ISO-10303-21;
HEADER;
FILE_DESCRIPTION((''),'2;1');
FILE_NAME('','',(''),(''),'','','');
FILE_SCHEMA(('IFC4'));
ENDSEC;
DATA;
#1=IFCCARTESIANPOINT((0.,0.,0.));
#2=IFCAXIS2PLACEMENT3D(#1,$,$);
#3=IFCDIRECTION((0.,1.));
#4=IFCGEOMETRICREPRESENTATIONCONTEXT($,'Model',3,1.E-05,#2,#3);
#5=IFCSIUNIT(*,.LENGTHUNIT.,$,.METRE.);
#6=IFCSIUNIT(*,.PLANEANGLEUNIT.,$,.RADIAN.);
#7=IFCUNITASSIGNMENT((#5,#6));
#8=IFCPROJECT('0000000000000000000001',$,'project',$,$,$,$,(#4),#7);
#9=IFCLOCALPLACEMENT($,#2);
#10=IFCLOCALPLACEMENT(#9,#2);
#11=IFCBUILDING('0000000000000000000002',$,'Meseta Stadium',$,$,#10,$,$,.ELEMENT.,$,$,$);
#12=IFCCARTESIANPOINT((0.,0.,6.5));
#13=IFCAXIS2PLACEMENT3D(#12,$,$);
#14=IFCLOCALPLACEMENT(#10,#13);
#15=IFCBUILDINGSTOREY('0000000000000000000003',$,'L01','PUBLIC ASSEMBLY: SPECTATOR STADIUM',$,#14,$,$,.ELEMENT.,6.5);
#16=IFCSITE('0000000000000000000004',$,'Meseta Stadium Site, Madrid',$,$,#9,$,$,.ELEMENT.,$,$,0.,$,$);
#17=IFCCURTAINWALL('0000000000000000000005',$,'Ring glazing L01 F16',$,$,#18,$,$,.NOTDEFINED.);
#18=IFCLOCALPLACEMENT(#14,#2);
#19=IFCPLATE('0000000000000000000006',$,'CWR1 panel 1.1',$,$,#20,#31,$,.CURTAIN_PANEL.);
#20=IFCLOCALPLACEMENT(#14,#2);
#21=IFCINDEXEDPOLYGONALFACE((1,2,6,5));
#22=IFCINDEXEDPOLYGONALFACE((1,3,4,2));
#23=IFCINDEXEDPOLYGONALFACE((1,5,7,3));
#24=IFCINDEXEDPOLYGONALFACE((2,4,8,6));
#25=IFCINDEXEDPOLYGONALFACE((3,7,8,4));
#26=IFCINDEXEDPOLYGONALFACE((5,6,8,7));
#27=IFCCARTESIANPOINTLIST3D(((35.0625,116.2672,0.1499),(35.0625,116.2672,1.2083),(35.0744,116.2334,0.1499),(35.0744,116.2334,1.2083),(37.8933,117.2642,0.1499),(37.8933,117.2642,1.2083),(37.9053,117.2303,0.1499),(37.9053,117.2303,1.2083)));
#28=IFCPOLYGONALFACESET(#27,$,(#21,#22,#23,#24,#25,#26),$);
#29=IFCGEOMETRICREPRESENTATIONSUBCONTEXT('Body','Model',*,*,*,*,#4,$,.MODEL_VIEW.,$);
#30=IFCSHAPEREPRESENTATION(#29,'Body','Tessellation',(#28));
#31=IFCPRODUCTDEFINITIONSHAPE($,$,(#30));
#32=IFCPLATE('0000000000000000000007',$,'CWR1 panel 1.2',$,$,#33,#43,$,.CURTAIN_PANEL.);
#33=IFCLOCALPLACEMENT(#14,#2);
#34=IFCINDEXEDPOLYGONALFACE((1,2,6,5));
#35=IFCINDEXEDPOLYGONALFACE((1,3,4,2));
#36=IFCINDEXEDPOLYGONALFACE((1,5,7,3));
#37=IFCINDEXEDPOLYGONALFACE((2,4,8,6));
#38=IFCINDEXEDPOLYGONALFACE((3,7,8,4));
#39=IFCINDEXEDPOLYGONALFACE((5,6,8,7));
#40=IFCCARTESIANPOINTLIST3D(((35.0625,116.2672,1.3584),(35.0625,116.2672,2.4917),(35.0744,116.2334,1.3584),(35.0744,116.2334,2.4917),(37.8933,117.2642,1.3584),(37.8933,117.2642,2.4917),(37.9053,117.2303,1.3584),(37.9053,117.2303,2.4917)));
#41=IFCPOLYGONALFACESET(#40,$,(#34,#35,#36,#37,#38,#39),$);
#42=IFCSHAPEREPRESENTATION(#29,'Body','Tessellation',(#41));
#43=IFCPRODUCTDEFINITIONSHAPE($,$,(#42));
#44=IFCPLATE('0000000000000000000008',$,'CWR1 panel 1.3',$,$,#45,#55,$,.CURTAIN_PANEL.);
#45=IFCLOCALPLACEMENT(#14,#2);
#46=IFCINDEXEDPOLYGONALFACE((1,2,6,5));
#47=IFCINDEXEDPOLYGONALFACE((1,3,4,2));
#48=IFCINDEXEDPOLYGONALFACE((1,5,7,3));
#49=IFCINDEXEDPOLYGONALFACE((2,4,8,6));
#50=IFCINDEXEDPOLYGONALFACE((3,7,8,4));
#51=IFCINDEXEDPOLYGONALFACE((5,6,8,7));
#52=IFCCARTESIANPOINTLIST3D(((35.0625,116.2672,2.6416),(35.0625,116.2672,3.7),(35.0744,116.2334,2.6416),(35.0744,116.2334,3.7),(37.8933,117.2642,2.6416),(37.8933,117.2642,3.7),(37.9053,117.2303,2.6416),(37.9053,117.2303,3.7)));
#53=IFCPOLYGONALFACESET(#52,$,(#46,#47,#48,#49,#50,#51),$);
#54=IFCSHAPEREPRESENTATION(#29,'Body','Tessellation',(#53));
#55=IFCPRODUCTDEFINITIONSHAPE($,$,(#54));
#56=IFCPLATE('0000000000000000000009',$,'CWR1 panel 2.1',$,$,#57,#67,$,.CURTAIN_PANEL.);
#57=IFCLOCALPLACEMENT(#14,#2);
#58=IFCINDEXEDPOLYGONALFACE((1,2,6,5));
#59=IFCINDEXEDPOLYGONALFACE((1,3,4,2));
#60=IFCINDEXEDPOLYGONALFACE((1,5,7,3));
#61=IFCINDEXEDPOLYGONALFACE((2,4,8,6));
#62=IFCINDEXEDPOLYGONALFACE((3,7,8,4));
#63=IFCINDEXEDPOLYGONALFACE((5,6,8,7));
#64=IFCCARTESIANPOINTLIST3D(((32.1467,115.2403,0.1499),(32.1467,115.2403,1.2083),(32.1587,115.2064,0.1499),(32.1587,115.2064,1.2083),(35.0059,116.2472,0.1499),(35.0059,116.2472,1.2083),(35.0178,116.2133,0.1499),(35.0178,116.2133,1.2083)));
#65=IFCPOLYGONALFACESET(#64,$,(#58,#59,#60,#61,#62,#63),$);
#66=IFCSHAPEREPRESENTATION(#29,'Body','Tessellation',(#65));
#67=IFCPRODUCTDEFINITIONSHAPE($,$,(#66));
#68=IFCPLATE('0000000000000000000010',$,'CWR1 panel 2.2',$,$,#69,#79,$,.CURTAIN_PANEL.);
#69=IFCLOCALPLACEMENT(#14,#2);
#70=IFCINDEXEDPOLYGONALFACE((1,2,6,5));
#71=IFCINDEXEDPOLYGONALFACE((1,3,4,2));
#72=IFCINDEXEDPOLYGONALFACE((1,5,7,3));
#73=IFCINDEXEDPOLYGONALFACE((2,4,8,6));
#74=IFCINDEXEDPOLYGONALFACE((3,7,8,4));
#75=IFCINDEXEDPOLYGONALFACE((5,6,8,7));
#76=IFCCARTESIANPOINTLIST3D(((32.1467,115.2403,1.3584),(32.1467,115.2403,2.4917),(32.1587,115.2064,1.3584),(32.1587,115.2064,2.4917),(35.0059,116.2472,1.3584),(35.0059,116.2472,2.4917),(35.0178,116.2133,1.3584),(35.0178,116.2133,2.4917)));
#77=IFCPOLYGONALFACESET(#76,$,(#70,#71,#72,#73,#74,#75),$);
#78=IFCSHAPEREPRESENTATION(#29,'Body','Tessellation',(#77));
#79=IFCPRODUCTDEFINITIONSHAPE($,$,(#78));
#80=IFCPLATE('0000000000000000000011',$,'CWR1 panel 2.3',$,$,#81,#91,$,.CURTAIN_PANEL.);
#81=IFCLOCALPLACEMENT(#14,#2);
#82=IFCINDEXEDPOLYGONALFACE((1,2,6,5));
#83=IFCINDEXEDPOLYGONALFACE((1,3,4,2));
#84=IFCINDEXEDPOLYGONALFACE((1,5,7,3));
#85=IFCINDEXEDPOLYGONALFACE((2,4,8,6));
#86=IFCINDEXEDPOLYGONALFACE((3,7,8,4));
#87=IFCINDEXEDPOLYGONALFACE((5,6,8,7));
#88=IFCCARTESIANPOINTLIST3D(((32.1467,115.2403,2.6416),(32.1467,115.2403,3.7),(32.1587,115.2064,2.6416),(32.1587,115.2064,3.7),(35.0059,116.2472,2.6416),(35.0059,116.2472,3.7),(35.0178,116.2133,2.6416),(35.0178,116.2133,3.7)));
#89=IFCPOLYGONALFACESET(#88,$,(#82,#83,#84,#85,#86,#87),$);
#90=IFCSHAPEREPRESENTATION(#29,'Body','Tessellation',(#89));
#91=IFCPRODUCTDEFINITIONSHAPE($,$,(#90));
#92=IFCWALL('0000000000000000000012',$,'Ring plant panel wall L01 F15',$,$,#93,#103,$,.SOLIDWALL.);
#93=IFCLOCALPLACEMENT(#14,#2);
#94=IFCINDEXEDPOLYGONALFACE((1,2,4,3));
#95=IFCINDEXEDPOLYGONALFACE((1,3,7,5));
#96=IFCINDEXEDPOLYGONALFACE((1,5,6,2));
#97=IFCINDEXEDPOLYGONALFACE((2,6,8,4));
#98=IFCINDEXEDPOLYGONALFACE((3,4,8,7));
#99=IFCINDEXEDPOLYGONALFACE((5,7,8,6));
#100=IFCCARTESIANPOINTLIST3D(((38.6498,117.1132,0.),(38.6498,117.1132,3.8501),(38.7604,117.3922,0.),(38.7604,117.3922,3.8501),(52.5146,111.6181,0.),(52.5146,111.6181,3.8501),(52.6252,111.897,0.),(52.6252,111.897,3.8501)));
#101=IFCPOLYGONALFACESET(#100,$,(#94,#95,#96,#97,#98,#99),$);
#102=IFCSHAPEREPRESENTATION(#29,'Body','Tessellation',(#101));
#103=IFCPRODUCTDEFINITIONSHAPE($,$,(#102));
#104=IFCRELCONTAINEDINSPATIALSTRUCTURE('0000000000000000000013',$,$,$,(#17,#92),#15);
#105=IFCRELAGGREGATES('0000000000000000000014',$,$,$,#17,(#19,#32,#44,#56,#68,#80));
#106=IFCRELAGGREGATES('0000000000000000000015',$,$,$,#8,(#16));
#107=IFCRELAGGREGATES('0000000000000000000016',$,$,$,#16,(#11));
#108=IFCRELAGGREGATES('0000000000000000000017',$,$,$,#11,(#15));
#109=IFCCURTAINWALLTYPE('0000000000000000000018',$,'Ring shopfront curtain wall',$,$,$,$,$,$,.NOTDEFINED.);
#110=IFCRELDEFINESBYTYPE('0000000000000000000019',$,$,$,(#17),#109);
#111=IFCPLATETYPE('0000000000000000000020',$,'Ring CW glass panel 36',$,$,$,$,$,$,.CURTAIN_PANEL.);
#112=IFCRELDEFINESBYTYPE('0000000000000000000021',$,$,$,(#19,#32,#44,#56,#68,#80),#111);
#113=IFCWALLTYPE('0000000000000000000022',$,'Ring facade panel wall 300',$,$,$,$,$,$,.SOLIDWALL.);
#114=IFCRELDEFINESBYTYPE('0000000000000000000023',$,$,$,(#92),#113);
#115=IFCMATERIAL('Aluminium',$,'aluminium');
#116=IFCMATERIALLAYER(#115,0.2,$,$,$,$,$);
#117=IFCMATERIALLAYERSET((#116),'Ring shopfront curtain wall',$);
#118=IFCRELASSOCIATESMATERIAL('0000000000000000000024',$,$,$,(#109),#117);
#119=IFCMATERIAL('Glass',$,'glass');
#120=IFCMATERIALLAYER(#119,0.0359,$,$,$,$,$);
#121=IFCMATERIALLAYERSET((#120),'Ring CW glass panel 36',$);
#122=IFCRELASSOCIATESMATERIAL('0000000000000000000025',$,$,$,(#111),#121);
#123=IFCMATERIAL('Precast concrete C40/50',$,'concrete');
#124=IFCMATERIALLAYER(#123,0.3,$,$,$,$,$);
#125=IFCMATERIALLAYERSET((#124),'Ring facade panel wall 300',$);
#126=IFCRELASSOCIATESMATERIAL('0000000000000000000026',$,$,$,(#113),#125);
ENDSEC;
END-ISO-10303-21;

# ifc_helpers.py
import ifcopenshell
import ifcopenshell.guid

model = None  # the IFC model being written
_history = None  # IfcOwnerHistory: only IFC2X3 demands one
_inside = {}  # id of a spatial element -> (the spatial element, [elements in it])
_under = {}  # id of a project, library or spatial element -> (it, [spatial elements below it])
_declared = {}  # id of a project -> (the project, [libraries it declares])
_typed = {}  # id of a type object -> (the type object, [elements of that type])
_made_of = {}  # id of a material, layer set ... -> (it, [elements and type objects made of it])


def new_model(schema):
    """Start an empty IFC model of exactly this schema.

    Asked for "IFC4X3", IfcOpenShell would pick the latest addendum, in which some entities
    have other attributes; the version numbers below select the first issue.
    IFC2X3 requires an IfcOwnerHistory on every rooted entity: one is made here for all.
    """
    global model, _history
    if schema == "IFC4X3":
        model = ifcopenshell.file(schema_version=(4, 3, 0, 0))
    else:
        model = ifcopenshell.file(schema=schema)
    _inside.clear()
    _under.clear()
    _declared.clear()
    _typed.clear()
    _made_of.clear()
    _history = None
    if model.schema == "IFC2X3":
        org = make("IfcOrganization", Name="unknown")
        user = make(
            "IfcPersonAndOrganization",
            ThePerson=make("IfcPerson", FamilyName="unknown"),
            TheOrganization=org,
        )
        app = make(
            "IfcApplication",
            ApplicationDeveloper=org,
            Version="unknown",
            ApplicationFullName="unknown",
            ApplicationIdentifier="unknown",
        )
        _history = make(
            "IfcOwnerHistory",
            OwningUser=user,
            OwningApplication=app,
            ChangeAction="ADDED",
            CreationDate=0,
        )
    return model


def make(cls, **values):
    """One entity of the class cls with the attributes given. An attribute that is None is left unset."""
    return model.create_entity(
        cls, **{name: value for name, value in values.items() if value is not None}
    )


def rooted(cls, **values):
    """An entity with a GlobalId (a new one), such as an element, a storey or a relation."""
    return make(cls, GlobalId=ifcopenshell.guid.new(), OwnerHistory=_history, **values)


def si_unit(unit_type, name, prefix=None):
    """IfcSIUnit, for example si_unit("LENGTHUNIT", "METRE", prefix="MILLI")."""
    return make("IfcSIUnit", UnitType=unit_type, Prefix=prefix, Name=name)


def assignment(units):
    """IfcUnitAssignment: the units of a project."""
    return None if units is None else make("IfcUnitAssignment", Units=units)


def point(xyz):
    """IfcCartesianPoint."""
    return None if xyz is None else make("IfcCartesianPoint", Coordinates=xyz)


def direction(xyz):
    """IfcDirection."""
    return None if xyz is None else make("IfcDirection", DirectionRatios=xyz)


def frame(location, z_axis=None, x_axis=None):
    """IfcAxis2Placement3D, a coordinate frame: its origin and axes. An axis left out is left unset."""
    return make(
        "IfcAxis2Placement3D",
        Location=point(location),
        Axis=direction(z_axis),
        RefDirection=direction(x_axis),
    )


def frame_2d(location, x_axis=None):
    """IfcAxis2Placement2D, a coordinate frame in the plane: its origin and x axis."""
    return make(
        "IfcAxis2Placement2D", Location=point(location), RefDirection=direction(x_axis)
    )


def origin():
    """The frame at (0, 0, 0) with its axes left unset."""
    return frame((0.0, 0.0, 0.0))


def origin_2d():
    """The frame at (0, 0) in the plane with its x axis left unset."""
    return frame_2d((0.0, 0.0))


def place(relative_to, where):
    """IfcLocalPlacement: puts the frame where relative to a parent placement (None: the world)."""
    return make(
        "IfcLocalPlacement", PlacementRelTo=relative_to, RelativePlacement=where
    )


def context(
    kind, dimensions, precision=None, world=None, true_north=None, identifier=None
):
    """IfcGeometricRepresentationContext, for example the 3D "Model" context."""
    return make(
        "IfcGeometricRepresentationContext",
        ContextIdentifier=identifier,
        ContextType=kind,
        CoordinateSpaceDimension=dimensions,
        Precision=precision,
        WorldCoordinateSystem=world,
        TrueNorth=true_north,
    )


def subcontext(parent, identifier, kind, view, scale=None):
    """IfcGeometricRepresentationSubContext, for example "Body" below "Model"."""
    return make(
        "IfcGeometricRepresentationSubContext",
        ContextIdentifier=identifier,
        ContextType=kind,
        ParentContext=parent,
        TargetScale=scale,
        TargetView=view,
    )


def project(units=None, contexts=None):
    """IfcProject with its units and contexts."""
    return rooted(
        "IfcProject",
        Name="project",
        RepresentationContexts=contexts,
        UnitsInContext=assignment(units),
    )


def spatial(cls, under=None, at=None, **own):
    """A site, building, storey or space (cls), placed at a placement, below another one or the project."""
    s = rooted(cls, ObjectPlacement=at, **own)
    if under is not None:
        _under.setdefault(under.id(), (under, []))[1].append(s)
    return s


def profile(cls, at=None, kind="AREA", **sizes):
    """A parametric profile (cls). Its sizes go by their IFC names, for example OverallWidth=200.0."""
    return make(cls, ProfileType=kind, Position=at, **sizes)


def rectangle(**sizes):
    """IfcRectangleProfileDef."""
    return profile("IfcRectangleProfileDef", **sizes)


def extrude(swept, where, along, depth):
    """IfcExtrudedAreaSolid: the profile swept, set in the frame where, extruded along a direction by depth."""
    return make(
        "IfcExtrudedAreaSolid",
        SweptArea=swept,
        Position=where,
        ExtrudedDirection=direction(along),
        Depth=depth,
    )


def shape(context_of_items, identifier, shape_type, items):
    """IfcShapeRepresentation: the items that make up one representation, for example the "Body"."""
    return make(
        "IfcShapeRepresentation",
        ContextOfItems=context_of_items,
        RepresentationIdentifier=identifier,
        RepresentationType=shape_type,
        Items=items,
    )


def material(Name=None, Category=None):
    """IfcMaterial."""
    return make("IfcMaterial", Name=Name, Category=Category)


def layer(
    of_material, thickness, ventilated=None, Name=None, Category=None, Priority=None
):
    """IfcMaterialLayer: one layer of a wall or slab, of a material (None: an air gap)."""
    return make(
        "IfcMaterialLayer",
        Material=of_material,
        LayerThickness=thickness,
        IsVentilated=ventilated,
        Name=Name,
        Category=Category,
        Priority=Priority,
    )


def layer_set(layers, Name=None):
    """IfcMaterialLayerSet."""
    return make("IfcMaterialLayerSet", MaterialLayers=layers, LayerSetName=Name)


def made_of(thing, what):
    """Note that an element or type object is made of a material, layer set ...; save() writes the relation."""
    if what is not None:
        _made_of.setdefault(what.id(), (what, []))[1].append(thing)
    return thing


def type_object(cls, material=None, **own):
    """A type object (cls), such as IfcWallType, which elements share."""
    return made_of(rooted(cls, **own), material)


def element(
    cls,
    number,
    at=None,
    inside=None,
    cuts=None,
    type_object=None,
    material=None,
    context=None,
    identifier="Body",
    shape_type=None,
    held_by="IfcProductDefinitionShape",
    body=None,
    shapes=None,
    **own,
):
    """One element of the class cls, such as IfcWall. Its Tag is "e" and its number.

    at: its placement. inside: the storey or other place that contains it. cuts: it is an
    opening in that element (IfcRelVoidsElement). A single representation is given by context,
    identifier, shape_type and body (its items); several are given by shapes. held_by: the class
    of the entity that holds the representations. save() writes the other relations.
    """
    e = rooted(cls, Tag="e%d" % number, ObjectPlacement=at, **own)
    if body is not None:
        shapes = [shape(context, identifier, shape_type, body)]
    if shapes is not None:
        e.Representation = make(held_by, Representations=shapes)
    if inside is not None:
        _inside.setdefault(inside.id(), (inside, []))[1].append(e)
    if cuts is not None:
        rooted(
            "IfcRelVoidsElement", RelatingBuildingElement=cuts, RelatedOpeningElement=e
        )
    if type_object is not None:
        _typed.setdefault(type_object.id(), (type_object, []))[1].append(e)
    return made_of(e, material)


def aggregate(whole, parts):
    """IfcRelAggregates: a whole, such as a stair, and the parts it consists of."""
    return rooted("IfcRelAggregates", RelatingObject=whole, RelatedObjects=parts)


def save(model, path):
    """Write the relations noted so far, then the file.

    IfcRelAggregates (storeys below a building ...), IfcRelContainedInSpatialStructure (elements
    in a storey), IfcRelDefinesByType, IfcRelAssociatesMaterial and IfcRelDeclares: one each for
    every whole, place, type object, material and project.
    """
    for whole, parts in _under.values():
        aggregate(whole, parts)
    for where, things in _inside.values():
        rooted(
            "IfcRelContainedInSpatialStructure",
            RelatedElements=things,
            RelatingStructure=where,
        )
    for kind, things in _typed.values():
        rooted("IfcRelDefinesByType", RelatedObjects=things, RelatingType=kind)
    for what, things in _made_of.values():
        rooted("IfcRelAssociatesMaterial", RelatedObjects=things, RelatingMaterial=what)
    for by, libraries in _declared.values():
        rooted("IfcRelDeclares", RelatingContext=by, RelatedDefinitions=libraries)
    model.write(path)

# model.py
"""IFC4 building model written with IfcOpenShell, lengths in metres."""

from ifc_helpers import new_model, si_unit, direction, frame, frame_2d, origin, origin_2d, place, context, subcontext, project, spatial, rectangle, extrude, material, layer, layer_set, type_object, element, aggregate, save


model = new_model("IFC4")

# Units and contexts
model_context = context("Model", 3, precision=1e-05, world=origin(), true_north=direction((0.0, 1.0)))
body_context = subcontext(model_context, "Body", "Model", "MODEL_VIEW")
ifc_project = project(units=[si_unit("LENGTHUNIT", "METRE"), si_unit("PLANEANGLEUNIT", "RADIAN")], contexts=[model_context])

# Site, building, storey
site_placement = place(None, origin())
site = spatial("IfcSite", under=ifc_project, at=site_placement, Name="Meseta Stadium Site, Madrid", CompositionType="ELEMENT", RefElevation=0.0)
building_placement = place(site_placement, origin())
building = spatial("IfcBuilding", under=site, at=building_placement, Name="Meseta Stadium", CompositionType="ELEMENT")
storey_placement = place(building_placement, frame((0.0, 0.0, 6.5)))
storey = spatial("IfcBuildingStorey", under=building, at=storey_placement, Name="L01", Description="PUBLIC ASSEMBLY: SPECTATOR STADIUM", CompositionType="ELEMENT", Elevation=6.5)

# Curtain wall, plates
ifc_material_1 = material(Name="Aluminium", Category="aluminium")
ifc_layer_1 = layer(ifc_material_1, 0.2)
ifc_layer_set_1 = layer_set([ifc_layer_1], Name="Ring shopfront curtain wall")
curtain_wall_type = type_object("IfcCurtainWallType", Name="Ring shopfront curtain wall", PredefinedType="NOTDEFINED", material=ifc_layer_set_1)
curtain_wall_placement = place(storey_placement, origin())
curtain_wall = element("IfcCurtainWall", 1, at=curtain_wall_placement, inside=storey, type_object=curtain_wall_type, Name="Ring glazing L01 F16", PredefinedType="NOTDEFINED")
ifc_material_2 = material(Name="Glass", Category="glass")
ifc_layer_2 = layer(ifc_material_2, 0.0359)
ifc_layer_set_2 = layer_set([ifc_layer_2], Name="Ring CW glass panel 36")
plate_type = type_object("IfcPlateType", Name="Ring CW glass panel 36", PredefinedType="CURTAIN_PANEL", material=ifc_layer_set_2)
plate_1_placement = place(storey_placement, frame((36.4839, 116.7488, 0.1499), z_axis=(0.0, 0.0, 1.0), x_axis=(-0.943218, -0.332174, 0.0)))
plate_1 = element("IfcPlate", 2, at=plate_1_placement, type_object=plate_type, Name="CWR1 panel 1.1", PredefinedType="CURTAIN_PANEL", context=body_context, shape_type="SweptSolid", body=[
    extrude(rectangle(XDim=3.0012, YDim=0.0359, at=origin_2d()), origin(), (0.0, 0.0, 1.0), 1.0583),
])
plate_2_placement = place(storey_placement, frame((36.4839, 116.7488, 1.3584), z_axis=(0.0, 0.0, 1.0), x_axis=(-0.943218, -0.332174, 0.0)))
plate_2 = element("IfcPlate", 3, at=plate_2_placement, type_object=plate_type, Name="CWR1 panel 1.2", PredefinedType="CURTAIN_PANEL", context=body_context, shape_type="SweptSolid", body=[
    extrude(rectangle(XDim=3.0012, YDim=0.0359, at=origin_2d()), origin(), (0.0, 0.0, 1.0), 1.1333),
])
plate_3_placement = place(storey_placement, frame((36.4839, 116.7488, 2.6416), z_axis=(0.0, 0.0, 1.0), x_axis=(-0.943218, -0.332174, 0.0)))
plate_3 = element("IfcPlate", 4, at=plate_3_placement, type_object=plate_type, Name="CWR1 panel 1.3", PredefinedType="CURTAIN_PANEL", context=body_context, shape_type="SweptSolid", body=[
    extrude(rectangle(XDim=3.0012, YDim=0.0359, at=origin_2d()), origin(), (0.0, 0.0, 1.0), 1.0583),
])
plate_4_placement = place(storey_placement, frame((33.5823, 115.7268, 0.1499), z_axis=(0.0, 0.0, 1.0), x_axis=(-0.943218, -0.332174, 0.0)))
plate_4 = element("IfcPlate", 5, at=plate_4_placement, type_object=plate_type, Name="CWR1 panel 2.1", PredefinedType="CURTAIN_PANEL", context=body_context, shape_type="SweptSolid", body=[
    extrude(rectangle(XDim=3.0312, YDim=0.0359, at=origin_2d()), origin(), (0.0, 0.0, 1.0), 1.0583),
])
plate_5_placement = place(storey_placement, frame((33.5823, 115.7268, 1.3584), z_axis=(0.0, 0.0, 1.0), x_axis=(-0.943218, -0.332174, 0.0)))
plate_5 = element("IfcPlate", 6, at=plate_5_placement, type_object=plate_type, Name="CWR1 panel 2.2", PredefinedType="CURTAIN_PANEL", context=body_context, shape_type="SweptSolid", body=[
    extrude(rectangle(XDim=3.0312, YDim=0.0359, at=origin_2d()), origin(), (0.0, 0.0, 1.0), 1.1333),
])
plate_6_placement = place(storey_placement, frame((33.5823, 115.7268, 2.6416), z_axis=(0.0, 0.0, 1.0), x_axis=(-0.943218, -0.332174, 0.0)))
plate_6 = element("IfcPlate", 7, at=plate_6_placement, type_object=plate_type, Name="CWR1 panel 2.3", PredefinedType="CURTAIN_PANEL", context=body_context, shape_type="SweptSolid", body=[
    extrude(rectangle(XDim=3.0312, YDim=0.0359, at=origin_2d()), origin(), (0.0, 0.0, 1.0), 1.0583),
])
aggregate(curtain_wall, [plate_1, plate_2, plate_3, plate_4, plate_5, plate_6])

# Wall
ifc_material_3 = material(Name="Precast concrete C40/50", Category="concrete")
ifc_layer_3 = layer(ifc_material_3, 0.3)
ifc_layer_set_3 = layer_set([ifc_layer_3], Name="Ring facade panel wall 300")
wall_type = type_object("IfcWallType", Name="Ring facade panel wall 300", PredefinedType="SOLIDWALL", material=ifc_layer_set_3)
wall_placement = place(storey_placement, frame((38.7051, 117.2527, 0.0), z_axis=(0.0, 0.0, 1.0), x_axis=(0.929646, -0.368454, 0.0)))
element("IfcWall", 8, at=wall_placement, inside=storey, type_object=wall_type, Name="Ring plant panel wall L01 F15", PredefinedType="SOLIDWALL", context=body_context, shape_type="SweptSolid", body=[
    extrude(rectangle(XDim=14.9141, YDim=0.3, at=frame_2d((7.457, 0.0))), origin(), (0.0, 0.0, 1.0), 3.8501),
])

save(model, "model.ifc")
